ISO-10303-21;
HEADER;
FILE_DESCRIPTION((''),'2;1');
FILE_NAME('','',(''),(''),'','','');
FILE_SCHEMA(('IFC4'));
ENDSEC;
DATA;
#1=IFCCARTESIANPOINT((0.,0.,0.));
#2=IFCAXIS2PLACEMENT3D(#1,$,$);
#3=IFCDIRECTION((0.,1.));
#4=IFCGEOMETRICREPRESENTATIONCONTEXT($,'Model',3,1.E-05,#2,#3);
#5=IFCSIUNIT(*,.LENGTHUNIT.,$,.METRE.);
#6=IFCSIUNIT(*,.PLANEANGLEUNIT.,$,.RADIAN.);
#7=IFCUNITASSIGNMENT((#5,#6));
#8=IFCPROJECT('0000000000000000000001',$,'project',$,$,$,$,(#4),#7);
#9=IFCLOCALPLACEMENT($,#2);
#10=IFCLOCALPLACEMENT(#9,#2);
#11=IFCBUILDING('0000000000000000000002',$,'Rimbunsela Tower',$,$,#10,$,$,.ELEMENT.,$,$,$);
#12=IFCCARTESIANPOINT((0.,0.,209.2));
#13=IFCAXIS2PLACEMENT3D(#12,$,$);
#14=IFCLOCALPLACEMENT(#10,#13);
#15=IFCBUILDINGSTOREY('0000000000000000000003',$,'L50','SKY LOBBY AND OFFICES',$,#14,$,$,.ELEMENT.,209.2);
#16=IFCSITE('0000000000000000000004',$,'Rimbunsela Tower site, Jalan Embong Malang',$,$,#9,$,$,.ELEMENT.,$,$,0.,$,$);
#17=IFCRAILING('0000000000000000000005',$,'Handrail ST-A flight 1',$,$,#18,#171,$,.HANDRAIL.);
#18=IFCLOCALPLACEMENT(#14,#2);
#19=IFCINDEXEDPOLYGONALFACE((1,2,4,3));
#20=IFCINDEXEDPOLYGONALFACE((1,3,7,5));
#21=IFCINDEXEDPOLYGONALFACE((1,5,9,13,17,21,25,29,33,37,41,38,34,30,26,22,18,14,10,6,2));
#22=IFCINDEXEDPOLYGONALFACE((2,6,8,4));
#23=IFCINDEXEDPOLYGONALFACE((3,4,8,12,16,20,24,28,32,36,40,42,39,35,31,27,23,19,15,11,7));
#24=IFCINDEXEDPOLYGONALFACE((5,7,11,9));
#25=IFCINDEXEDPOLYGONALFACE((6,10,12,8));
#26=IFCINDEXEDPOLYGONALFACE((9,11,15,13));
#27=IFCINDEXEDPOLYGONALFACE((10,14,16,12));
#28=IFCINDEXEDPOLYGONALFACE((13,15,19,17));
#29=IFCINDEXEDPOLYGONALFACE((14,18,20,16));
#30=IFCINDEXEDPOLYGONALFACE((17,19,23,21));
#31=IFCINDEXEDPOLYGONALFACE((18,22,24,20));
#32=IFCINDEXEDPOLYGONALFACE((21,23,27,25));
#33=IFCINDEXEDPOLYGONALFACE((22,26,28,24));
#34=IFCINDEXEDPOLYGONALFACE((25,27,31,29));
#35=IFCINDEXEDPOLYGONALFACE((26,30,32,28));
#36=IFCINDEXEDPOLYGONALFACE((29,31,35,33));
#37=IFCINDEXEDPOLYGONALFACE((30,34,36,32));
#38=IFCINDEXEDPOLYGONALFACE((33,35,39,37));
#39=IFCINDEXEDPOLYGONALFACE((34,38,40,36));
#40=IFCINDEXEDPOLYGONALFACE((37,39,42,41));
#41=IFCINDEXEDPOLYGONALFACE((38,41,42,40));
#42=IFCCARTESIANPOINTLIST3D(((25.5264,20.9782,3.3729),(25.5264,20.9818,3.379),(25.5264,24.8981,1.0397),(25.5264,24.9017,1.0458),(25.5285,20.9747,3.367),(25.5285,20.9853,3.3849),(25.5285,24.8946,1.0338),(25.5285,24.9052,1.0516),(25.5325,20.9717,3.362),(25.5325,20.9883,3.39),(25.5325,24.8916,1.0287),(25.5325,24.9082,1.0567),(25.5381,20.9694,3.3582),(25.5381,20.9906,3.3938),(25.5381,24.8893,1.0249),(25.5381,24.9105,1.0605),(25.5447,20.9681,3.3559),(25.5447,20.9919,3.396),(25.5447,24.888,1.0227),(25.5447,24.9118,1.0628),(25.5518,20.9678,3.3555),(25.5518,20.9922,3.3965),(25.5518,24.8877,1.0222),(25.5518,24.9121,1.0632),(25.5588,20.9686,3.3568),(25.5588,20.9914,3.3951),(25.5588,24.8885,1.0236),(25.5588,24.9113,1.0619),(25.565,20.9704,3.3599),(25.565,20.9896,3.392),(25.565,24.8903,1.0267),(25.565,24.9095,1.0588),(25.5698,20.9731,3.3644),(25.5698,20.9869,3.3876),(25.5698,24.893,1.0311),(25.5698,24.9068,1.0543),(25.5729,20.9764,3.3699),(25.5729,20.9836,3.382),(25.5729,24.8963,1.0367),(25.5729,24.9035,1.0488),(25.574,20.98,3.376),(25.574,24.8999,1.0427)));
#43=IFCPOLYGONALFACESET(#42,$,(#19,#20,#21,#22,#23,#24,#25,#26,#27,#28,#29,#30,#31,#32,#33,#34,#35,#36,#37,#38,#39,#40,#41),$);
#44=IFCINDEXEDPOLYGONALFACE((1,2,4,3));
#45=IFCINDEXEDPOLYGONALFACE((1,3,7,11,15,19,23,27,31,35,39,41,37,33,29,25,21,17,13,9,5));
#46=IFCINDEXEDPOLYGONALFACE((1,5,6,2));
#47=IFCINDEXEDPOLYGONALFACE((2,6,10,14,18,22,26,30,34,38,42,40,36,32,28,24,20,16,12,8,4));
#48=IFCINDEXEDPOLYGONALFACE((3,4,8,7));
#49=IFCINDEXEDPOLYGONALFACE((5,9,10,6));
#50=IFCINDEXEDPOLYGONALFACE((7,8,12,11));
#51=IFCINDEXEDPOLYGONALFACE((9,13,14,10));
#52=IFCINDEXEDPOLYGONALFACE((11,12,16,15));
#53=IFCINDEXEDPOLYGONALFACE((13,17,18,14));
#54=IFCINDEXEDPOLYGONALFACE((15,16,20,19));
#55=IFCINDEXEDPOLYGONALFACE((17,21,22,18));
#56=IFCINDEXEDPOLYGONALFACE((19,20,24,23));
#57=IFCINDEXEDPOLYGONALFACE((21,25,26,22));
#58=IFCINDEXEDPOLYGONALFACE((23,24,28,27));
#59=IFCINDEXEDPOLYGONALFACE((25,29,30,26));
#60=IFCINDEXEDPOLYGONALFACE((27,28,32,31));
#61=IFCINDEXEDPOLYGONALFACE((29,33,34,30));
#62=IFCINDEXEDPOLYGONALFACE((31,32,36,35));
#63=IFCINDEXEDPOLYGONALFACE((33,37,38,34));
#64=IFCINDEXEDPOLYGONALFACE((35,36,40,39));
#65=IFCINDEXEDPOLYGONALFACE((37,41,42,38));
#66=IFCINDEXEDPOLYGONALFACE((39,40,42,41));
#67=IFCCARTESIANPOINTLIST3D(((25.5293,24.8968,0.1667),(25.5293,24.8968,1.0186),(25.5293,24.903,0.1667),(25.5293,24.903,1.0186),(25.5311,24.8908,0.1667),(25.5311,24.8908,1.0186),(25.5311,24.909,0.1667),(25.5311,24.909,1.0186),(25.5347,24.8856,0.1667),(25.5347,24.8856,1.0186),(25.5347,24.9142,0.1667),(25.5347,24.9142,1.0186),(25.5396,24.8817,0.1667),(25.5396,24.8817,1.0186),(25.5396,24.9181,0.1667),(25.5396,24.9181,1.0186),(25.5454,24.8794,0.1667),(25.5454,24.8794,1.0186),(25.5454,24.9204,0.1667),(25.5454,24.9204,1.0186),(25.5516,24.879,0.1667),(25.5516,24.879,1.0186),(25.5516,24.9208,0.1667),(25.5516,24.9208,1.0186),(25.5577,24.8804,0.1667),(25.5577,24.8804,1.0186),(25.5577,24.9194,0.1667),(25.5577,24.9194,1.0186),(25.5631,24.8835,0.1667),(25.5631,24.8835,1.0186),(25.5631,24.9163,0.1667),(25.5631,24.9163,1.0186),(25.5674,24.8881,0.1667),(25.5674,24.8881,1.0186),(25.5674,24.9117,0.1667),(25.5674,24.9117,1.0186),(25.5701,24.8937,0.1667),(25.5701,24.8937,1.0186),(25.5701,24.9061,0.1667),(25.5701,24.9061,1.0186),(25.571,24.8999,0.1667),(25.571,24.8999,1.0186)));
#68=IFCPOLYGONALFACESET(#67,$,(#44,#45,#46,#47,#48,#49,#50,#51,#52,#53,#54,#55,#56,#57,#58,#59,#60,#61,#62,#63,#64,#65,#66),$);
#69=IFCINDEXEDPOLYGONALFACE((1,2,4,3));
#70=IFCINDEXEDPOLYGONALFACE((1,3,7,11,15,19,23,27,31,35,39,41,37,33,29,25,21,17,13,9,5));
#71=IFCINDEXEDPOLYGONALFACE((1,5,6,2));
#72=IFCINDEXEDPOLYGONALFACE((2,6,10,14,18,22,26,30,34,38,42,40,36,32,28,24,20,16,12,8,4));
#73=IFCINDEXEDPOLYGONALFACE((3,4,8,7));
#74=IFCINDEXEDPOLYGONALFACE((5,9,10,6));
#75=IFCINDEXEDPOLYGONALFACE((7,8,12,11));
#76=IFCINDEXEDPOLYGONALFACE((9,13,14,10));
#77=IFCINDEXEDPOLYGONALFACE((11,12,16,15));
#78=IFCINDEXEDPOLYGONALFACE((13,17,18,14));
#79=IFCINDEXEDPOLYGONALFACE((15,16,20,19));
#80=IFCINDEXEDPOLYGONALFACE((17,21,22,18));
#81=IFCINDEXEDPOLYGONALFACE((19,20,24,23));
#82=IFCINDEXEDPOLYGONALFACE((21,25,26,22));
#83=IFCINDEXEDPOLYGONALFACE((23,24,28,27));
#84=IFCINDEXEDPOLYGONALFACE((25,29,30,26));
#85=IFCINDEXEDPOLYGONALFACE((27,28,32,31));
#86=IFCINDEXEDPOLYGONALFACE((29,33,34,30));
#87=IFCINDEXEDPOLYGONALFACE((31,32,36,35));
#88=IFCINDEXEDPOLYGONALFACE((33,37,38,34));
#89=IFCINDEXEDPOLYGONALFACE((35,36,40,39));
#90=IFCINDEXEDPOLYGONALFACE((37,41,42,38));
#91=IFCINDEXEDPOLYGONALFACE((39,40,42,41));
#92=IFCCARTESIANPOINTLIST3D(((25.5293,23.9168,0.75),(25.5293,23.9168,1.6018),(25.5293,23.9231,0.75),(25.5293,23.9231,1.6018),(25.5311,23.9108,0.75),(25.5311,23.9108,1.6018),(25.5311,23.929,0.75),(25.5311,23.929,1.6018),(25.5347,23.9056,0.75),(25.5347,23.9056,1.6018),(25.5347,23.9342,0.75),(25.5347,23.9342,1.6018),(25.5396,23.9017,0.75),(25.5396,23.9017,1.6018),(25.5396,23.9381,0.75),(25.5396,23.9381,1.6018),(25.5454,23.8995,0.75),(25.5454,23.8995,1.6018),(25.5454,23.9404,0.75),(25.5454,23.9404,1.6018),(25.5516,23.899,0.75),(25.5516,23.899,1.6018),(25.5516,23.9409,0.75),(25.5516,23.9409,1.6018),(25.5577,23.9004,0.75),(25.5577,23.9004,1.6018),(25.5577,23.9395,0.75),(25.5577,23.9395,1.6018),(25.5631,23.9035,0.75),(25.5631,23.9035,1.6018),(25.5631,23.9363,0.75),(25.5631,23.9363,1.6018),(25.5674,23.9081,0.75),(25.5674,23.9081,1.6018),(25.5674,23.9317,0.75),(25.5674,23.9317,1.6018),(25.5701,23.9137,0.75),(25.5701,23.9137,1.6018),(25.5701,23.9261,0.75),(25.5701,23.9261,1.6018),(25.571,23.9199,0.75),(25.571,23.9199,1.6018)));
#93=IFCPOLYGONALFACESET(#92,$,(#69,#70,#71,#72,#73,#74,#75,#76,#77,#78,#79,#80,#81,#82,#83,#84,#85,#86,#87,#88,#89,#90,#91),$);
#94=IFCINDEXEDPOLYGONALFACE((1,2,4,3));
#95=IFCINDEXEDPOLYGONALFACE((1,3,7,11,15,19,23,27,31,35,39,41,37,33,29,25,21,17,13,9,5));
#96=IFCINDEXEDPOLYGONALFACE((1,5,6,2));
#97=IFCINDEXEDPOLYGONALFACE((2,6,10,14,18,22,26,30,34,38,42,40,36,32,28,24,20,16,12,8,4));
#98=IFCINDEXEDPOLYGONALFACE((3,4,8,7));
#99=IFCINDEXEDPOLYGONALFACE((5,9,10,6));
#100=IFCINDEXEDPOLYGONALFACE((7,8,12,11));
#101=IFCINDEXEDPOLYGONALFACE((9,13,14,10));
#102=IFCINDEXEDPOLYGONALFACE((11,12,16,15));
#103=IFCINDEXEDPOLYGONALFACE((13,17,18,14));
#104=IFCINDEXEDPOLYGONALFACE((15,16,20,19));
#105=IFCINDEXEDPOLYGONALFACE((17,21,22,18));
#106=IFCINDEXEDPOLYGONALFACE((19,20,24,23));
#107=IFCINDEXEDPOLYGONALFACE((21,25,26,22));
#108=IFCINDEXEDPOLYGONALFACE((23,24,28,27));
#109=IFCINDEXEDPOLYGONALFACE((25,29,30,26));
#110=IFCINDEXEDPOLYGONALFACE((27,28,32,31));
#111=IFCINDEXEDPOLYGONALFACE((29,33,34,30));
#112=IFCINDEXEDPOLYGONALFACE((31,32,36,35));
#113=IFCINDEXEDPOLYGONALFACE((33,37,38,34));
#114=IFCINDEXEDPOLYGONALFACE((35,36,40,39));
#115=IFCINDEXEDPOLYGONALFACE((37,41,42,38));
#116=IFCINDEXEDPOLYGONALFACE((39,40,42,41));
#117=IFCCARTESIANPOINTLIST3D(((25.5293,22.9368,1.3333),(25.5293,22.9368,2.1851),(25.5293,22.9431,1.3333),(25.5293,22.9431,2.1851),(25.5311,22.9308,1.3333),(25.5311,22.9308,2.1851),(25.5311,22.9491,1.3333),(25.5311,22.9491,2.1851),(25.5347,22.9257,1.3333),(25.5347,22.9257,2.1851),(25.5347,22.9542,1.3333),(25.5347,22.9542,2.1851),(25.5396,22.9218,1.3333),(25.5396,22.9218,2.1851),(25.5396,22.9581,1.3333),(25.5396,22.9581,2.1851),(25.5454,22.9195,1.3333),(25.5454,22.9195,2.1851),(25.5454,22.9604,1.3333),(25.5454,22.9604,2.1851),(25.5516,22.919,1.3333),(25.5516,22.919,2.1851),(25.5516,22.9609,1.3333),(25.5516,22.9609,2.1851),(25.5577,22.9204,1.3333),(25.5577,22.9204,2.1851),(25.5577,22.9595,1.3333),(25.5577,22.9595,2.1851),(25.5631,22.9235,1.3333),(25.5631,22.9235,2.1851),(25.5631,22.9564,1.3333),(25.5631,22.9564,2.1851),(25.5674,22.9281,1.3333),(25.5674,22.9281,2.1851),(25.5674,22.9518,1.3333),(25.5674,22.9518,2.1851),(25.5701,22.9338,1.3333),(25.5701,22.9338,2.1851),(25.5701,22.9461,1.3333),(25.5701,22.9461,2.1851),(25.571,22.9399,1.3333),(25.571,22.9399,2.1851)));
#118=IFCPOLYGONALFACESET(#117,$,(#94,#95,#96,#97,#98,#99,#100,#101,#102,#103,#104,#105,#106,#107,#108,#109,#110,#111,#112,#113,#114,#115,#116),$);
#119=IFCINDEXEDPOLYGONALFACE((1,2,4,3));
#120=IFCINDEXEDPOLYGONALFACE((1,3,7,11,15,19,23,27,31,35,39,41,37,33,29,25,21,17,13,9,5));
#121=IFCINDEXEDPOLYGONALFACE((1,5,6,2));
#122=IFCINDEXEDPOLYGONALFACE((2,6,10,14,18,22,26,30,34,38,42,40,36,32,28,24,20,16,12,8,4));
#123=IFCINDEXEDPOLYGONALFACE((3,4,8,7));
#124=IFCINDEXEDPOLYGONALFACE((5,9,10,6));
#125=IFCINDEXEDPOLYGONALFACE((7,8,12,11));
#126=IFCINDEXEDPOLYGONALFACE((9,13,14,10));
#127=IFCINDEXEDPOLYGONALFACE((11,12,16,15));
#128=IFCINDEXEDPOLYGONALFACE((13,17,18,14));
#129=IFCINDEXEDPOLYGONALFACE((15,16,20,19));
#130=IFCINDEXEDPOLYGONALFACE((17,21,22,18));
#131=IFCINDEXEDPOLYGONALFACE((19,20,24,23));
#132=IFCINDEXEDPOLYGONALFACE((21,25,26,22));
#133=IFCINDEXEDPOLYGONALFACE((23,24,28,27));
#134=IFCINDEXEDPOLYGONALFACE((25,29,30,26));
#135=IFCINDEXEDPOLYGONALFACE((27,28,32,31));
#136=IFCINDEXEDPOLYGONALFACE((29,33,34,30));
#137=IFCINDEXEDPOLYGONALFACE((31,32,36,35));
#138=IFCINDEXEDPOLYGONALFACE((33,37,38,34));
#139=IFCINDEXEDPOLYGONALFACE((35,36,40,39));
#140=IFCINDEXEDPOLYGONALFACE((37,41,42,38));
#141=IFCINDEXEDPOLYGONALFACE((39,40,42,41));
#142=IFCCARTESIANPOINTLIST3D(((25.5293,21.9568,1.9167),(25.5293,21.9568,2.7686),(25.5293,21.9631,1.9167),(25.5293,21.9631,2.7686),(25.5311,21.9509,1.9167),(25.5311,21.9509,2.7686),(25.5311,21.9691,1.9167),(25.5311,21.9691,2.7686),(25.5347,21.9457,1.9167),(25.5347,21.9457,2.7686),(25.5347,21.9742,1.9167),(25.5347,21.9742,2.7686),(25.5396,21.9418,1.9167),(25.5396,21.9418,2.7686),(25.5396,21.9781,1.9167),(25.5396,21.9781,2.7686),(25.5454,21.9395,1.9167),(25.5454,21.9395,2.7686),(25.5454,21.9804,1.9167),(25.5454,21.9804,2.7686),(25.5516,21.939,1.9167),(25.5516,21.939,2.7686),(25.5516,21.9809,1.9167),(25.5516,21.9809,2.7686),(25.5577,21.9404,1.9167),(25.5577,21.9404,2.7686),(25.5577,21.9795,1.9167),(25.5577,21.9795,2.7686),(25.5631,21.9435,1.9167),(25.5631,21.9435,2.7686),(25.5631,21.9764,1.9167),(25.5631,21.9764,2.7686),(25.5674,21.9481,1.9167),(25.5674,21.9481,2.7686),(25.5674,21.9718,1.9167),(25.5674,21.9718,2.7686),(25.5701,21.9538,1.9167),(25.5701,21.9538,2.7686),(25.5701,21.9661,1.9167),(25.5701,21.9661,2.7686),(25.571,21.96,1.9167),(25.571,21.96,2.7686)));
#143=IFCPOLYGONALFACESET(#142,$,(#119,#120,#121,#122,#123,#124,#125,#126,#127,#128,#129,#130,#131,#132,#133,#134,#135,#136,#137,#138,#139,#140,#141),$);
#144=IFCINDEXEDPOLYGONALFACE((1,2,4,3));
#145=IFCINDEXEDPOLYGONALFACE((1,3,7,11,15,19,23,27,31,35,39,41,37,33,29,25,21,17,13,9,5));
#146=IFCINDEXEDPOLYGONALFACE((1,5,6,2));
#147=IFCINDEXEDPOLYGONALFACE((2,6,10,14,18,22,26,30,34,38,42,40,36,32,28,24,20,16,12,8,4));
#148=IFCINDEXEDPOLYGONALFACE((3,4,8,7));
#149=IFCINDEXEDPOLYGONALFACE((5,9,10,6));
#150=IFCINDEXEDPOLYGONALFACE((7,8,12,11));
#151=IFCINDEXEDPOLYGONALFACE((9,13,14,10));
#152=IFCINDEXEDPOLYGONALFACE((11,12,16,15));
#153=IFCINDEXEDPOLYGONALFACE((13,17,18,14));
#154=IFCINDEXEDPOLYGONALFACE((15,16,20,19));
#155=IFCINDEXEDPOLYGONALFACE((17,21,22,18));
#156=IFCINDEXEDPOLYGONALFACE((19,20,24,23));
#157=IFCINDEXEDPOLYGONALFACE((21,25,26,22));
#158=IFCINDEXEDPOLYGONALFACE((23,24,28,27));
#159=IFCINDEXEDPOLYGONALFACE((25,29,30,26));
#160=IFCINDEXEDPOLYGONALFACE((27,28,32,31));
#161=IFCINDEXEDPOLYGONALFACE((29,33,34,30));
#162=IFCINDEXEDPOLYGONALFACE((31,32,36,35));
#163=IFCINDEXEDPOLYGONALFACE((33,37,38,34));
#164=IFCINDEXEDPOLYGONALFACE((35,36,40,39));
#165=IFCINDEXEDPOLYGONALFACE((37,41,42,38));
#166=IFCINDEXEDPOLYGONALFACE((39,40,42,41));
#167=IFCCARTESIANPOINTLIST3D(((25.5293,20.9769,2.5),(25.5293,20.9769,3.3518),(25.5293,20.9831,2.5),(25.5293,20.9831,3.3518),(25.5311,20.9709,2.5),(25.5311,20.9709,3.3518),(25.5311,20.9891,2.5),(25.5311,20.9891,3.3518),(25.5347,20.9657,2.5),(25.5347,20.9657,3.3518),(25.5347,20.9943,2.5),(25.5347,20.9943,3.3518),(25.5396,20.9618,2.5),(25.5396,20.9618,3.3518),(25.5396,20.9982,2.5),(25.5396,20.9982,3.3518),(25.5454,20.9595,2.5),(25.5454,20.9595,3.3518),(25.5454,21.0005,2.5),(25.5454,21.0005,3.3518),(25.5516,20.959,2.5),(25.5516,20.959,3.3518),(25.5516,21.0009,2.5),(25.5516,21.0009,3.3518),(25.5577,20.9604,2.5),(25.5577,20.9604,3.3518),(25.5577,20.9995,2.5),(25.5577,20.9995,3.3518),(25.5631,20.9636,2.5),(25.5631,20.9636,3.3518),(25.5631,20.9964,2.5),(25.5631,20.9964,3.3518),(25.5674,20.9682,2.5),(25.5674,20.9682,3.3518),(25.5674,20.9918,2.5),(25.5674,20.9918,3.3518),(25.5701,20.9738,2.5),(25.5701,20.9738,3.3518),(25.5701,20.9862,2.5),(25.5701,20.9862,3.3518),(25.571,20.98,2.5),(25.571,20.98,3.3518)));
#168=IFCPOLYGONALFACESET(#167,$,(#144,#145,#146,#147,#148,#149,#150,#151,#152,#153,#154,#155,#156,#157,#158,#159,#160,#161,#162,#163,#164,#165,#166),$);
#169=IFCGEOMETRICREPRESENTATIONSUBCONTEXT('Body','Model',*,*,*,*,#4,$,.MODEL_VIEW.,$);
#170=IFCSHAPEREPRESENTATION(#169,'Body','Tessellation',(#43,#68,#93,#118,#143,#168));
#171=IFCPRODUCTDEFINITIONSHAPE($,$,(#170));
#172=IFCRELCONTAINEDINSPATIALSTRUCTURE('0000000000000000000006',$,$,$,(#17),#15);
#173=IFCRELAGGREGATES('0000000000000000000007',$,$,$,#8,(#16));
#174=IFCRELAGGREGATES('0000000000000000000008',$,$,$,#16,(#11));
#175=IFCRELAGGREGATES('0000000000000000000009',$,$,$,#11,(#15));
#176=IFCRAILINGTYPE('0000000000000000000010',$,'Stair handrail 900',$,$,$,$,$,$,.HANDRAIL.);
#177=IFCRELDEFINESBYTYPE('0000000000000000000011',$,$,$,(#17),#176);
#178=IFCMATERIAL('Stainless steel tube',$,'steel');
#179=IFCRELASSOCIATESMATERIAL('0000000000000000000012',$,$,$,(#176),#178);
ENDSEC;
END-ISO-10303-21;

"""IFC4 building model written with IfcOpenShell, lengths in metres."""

from ifc_helpers import new_model, si_unit, direction, frame, origin, origin_2d, place, context, subcontext, project, spatial, circle, extrude, material, type_object, element, save


model = new_model("IFC4")

# Units and contexts
model_context = context("Model", 3, precision=1e-05, world=origin(), true_north=direction((0.0, 1.0)))
body_context = subcontext(model_context, "Body", "Model", "MODEL_VIEW")
ifc_project = project(units=[si_unit("LENGTHUNIT", "METRE"), si_unit("PLANEANGLEUNIT", "RADIAN")], contexts=[model_context])

# Site, building, storey
site_placement = place(None, origin())
site = spatial("IfcSite", under=ifc_project, at=site_placement, Name="Rimbunsela Tower site, Jalan Embong Malang", CompositionType="ELEMENT", RefElevation=0.0)
building_placement = place(site_placement, origin())
building = spatial("IfcBuilding", under=site, at=building_placement, Name="Rimbunsela Tower", CompositionType="ELEMENT")
storey_placement = place(building_placement, frame((0.0, 0.0, 209.2)))
storey = spatial("IfcBuildingStorey", under=building, at=storey_placement, Name="L50", Description="SKY LOBBY AND OFFICES", CompositionType="ELEMENT", Elevation=209.2)

# Railing
ifc_material_1 = material(Name="Stainless steel tube", Category="steel")
railing_type = type_object("IfcRailingType", Name="Stair handrail 900", PredefinedType="HANDRAIL", material=ifc_material_1)
railing_1_placement = place(storey_placement, frame((25.55, 24.8999, 0.1667)))
element("IfcRailing", 1, at=railing_1_placement, inside=storey, type_object=railing_type, Name="Handrail ST-A flight 1", PredefinedType="HANDRAIL", context=body_context, shape_type="SweptSolid", body=[
    extrude(circle(Radius=0.0239, at=origin_2d()), frame((0.0, 0.0, 0.876), z_axis=(0.0, -0.859296, 0.511478), x_axis=(1.0, 0.0, 0.0)), (0.0, 0.0, 1.0), 4.5618),
    extrude(circle(Radius=0.021, at=origin_2d()), origin(), (0.0, 0.0, 1.0), 0.8518),
    extrude(circle(Radius=0.021, at=origin_2d()), frame((0.0, -0.98, 0.5833)), (0.0, 0.0, 1.0), 0.8518),
    extrude(circle(Radius=0.021, at=origin_2d()), frame((0.0, -1.96, 1.1665)), (0.0, 0.0, 1.0), 0.8518),
    extrude(circle(Radius=0.021, at=origin_2d()), frame((0.0, -2.9399, 1.75)), (0.0, 0.0, 1.0), 0.8518),
    extrude(circle(Radius=0.021, at=origin_2d()), frame((0.0, -3.9199, 2.3333)), (0.0, 0.0, 1.0), 0.8518),
])

save(model, "model.ifc")
